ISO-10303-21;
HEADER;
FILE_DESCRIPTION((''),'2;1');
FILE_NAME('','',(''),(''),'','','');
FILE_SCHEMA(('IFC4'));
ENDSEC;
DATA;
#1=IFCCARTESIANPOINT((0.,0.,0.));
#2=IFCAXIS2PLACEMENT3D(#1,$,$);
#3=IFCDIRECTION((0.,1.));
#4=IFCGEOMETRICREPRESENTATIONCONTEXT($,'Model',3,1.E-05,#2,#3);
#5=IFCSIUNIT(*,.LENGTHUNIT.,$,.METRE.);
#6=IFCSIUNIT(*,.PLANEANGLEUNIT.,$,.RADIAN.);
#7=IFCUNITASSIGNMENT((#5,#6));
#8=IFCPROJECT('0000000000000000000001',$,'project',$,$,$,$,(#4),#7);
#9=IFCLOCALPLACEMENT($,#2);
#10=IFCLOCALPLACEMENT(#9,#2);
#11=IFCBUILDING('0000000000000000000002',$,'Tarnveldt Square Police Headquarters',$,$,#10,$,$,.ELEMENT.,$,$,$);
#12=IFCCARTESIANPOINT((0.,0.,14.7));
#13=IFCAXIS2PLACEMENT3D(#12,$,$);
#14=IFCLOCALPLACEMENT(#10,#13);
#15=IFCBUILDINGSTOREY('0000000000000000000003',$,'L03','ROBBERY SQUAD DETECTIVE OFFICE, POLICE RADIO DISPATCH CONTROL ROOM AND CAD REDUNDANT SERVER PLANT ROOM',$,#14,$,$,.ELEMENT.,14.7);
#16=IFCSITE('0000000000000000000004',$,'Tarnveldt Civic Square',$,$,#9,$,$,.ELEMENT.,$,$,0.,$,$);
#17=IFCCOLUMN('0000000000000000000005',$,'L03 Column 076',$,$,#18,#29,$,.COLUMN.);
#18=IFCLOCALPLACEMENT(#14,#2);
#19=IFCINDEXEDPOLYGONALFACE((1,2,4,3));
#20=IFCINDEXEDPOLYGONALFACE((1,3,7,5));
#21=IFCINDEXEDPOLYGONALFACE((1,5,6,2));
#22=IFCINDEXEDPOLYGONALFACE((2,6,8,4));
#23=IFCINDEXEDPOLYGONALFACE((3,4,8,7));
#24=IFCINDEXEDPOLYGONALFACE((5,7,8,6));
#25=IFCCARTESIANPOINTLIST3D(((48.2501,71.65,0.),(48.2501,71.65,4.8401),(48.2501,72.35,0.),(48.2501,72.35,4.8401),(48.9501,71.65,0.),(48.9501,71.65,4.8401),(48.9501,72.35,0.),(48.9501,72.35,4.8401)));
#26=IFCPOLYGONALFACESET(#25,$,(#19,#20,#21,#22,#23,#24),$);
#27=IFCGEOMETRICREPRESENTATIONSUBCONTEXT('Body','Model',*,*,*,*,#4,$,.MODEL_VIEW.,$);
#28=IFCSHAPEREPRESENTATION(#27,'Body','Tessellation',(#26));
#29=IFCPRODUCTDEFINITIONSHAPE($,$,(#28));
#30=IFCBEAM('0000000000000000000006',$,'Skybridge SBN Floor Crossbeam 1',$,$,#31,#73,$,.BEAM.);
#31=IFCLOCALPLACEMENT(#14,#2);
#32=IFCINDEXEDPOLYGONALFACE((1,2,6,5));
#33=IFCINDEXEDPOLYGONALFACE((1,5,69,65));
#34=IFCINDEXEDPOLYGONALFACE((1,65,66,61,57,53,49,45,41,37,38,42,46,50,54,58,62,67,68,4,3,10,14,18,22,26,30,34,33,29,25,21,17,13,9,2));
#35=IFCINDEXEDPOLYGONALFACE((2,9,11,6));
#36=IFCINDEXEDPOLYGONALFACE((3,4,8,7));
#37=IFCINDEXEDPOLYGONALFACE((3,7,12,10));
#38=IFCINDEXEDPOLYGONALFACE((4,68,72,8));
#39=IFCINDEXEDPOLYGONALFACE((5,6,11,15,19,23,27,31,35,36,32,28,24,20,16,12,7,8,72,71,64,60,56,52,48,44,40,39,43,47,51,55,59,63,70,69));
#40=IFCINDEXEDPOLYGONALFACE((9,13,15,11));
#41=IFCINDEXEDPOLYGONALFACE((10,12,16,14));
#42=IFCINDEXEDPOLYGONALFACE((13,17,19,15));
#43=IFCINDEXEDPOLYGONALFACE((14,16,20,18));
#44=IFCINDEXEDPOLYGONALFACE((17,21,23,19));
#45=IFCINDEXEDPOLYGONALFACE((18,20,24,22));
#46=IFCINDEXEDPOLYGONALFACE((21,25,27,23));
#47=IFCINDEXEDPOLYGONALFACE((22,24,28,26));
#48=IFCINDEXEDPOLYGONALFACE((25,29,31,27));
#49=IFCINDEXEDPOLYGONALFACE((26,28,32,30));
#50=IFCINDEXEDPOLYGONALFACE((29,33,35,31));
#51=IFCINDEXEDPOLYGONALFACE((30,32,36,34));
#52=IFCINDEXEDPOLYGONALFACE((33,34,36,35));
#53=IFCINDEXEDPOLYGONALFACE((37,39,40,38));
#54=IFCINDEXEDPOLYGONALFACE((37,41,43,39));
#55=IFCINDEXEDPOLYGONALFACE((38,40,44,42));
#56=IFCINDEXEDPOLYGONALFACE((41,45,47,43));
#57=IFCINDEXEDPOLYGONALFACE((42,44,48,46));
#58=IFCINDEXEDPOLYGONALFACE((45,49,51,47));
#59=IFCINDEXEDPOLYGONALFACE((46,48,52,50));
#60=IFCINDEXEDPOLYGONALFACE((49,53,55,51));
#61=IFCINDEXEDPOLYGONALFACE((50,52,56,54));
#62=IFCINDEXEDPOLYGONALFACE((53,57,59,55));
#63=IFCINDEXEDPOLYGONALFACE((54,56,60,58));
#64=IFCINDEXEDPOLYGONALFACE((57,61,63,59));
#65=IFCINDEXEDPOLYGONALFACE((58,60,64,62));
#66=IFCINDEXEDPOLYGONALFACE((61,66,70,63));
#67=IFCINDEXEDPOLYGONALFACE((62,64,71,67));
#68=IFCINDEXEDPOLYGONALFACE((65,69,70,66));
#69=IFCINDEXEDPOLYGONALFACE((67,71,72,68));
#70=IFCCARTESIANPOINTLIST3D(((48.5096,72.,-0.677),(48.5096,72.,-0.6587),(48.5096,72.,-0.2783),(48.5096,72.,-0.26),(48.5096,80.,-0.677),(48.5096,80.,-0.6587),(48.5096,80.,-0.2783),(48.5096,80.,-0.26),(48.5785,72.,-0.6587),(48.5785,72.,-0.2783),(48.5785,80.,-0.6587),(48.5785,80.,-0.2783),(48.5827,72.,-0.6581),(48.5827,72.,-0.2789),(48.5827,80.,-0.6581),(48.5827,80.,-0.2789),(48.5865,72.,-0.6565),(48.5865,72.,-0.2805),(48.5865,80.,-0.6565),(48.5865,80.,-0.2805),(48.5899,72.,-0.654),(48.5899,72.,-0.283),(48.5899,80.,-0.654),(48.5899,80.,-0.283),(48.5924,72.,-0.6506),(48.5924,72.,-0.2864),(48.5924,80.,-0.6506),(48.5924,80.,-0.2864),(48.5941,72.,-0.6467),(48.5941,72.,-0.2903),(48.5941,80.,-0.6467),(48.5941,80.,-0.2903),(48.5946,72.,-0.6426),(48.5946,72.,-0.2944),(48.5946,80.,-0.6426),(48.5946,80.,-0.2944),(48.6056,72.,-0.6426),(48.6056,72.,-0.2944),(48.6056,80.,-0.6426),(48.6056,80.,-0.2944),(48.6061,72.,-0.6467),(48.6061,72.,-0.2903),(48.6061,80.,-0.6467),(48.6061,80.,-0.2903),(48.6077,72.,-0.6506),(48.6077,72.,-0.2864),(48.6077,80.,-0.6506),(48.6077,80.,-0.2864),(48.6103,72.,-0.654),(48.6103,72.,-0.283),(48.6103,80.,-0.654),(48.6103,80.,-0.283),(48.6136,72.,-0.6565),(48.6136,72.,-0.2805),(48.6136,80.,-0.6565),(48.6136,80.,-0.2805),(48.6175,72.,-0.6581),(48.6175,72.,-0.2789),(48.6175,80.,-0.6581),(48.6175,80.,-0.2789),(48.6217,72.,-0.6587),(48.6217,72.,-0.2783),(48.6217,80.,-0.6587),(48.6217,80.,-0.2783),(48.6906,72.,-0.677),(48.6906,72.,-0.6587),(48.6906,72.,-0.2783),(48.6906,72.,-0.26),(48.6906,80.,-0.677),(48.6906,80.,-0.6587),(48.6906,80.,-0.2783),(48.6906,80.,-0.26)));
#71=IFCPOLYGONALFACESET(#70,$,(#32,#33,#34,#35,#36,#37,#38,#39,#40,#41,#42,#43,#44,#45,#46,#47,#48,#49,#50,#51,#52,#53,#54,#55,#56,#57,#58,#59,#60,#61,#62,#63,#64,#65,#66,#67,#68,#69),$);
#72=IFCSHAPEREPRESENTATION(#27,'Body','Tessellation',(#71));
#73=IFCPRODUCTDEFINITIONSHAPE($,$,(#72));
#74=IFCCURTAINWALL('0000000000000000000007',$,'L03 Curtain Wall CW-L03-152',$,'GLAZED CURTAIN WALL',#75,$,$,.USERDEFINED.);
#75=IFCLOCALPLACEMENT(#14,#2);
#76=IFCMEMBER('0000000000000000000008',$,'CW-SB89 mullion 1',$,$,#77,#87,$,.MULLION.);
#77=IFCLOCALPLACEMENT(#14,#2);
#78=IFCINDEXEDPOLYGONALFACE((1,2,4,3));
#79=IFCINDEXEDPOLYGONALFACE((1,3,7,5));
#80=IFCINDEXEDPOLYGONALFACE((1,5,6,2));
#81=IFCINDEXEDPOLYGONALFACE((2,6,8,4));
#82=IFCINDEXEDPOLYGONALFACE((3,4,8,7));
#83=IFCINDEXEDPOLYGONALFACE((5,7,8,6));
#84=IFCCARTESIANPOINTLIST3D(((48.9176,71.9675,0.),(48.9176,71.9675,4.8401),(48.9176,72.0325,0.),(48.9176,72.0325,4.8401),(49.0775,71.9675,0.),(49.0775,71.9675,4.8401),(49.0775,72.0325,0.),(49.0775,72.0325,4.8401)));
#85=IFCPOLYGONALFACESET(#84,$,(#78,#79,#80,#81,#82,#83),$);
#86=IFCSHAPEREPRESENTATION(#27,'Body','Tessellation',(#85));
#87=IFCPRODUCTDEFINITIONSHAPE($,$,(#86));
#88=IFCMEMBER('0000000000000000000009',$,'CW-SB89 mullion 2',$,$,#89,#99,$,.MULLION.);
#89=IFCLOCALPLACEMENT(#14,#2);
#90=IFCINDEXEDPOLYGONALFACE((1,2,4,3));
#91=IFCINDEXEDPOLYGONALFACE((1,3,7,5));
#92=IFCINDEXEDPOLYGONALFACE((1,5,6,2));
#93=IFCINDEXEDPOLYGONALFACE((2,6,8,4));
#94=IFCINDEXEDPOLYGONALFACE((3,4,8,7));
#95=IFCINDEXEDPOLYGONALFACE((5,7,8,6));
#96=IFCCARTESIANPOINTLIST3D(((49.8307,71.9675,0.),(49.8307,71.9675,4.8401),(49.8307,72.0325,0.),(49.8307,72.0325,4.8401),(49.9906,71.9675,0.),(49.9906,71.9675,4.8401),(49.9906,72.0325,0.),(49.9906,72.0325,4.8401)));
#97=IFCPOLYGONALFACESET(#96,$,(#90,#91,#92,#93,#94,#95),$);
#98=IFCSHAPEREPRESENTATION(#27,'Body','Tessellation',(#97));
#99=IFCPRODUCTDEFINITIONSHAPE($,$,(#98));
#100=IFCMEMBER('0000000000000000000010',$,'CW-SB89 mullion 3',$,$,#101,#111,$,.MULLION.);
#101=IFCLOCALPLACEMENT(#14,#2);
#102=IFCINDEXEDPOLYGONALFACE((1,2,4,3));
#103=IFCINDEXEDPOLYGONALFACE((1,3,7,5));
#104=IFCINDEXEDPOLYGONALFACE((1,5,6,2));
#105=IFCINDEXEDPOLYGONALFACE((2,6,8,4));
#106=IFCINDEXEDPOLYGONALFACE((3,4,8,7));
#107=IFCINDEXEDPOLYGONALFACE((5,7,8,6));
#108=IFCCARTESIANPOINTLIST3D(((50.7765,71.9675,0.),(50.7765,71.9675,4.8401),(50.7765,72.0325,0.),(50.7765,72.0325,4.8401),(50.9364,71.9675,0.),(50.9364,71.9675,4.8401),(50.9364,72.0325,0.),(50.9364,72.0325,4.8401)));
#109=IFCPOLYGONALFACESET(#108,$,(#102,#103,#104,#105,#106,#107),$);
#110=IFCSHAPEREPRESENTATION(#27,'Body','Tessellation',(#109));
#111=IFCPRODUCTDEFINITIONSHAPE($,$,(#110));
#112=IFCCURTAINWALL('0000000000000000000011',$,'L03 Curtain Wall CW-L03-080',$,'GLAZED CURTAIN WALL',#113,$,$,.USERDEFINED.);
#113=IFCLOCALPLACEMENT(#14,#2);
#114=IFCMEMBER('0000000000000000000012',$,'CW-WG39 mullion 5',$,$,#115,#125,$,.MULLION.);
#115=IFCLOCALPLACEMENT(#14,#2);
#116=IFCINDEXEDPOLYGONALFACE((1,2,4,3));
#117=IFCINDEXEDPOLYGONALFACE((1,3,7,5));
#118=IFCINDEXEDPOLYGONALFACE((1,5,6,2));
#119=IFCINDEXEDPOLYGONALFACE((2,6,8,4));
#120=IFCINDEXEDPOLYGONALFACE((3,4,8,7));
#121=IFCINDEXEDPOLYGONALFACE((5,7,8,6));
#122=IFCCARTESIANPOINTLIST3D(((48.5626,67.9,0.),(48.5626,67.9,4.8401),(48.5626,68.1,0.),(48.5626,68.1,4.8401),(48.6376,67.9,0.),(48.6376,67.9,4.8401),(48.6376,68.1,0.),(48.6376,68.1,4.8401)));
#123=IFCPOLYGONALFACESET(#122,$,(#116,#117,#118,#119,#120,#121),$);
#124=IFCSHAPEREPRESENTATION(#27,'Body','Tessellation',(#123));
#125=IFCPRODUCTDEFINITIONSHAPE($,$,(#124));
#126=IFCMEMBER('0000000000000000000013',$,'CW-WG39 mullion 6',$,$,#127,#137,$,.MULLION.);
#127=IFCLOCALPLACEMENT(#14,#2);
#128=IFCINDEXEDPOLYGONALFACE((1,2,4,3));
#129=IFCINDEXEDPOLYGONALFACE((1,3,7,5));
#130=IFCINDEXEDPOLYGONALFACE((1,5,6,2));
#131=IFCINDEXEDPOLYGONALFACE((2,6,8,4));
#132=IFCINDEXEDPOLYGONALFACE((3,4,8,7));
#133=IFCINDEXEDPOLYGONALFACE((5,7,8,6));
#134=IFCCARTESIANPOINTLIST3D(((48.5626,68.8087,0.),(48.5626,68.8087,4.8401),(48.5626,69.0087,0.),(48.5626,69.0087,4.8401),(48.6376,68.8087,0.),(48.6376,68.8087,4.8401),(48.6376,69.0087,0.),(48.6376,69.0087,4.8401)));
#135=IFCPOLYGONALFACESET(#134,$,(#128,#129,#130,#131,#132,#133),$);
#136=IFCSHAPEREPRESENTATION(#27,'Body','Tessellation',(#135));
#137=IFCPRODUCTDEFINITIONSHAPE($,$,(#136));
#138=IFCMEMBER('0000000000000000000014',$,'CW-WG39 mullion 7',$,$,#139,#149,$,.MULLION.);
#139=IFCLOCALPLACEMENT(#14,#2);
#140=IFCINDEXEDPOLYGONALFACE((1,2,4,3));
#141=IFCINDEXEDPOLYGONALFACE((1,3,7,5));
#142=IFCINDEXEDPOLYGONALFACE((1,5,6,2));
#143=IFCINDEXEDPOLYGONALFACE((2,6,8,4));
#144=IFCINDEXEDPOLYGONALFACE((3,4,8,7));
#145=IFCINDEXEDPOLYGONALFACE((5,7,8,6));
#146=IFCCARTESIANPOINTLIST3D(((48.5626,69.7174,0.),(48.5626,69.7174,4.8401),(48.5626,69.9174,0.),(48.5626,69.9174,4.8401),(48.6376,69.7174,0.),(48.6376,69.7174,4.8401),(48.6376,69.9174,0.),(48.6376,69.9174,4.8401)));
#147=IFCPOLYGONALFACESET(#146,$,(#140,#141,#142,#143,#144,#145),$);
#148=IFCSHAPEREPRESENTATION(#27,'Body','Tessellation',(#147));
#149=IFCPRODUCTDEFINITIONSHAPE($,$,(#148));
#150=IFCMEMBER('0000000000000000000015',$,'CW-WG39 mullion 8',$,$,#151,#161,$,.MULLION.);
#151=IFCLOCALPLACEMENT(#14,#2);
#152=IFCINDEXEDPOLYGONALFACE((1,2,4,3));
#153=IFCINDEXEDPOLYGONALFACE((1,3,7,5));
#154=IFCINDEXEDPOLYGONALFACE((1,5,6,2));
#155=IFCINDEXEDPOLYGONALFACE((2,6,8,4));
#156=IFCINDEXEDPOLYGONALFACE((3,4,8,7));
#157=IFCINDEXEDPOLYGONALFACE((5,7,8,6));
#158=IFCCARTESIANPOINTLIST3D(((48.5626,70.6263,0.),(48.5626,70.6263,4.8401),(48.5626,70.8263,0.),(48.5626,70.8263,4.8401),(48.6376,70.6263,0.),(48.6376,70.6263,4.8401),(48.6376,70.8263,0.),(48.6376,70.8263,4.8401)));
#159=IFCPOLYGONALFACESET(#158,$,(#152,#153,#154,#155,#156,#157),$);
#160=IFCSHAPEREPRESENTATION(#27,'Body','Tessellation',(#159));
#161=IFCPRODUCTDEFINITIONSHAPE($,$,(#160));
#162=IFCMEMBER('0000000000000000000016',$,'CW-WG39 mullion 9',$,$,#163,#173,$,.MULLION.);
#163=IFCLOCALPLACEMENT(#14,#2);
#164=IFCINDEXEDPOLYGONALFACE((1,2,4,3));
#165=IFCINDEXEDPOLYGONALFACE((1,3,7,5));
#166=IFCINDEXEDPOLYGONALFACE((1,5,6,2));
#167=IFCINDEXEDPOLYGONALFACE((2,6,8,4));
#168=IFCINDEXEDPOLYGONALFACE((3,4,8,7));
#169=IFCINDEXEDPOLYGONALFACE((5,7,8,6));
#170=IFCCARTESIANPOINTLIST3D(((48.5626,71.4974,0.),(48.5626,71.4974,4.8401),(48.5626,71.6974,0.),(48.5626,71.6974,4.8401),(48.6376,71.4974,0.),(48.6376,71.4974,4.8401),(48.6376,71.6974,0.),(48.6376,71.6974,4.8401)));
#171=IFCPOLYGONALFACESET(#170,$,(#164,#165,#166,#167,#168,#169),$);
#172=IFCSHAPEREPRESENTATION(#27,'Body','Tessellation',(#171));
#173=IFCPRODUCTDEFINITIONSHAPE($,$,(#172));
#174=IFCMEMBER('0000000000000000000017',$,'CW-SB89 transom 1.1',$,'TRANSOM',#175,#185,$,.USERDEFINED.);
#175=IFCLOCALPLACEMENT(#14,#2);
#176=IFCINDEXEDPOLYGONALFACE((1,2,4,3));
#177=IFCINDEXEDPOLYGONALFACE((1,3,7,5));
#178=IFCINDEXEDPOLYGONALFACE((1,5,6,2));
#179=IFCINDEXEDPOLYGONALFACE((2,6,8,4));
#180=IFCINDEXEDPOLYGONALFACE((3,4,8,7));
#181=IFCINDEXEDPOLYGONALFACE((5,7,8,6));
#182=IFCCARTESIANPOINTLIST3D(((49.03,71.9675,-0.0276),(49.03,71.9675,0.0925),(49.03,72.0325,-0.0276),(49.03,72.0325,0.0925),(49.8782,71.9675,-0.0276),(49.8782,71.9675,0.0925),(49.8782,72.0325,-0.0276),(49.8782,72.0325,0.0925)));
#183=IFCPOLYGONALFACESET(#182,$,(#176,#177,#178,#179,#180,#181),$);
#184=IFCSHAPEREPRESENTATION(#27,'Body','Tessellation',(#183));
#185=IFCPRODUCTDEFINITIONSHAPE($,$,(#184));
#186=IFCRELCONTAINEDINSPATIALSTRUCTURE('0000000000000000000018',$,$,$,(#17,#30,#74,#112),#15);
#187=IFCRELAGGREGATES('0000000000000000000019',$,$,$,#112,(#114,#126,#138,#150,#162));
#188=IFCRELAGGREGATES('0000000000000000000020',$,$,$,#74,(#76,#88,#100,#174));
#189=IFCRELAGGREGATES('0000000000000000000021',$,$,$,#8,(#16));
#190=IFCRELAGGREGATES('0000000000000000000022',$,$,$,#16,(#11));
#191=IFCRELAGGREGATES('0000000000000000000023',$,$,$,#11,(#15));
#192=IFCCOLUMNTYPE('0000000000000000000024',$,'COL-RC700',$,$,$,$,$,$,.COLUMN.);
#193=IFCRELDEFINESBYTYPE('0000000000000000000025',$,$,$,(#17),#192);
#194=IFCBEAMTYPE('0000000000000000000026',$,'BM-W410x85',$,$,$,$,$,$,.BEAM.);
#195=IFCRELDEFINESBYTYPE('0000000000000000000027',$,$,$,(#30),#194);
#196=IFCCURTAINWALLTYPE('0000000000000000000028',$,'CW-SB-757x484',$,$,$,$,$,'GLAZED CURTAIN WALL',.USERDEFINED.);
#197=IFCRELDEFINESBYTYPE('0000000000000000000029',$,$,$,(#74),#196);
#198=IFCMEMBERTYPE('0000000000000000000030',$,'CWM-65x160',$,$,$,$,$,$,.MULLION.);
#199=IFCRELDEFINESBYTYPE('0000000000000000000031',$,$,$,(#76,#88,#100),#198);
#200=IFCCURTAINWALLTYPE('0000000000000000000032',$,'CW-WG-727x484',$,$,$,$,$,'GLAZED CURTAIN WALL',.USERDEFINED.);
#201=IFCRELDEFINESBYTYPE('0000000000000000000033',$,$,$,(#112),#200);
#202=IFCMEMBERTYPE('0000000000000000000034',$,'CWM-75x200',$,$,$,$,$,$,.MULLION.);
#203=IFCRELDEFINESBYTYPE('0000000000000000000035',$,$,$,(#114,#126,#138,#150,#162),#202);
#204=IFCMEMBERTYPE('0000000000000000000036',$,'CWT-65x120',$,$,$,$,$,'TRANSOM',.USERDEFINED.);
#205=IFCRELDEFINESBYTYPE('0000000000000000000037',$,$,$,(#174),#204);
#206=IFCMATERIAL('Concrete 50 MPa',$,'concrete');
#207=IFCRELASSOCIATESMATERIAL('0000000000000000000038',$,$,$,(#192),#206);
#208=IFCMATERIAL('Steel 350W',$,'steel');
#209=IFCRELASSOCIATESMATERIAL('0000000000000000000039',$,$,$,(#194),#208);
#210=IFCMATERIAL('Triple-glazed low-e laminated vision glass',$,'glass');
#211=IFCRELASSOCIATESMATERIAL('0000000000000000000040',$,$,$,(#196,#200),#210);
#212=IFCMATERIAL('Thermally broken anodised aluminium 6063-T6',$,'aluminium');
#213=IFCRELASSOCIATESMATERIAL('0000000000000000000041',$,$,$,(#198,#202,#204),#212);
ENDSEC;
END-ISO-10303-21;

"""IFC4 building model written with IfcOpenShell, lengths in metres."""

from ifc_helpers import new_model, si_unit, direction, frame, origin, origin_2d, place, context, subcontext, project, spatial, rectangle, i_section, extrude, material, material_profile, profile_set, type_object, element, aggregate, save


model = new_model("IFC4")

# Units and contexts
model_context = context("Model", 3, precision=1e-05, world=origin(), true_north=direction((0.0, 1.0)))
body_context = subcontext(model_context, "Body", "Model", "MODEL_VIEW")
ifc_project = project(units=[si_unit("LENGTHUNIT", "METRE"), si_unit("PLANEANGLEUNIT", "RADIAN")], contexts=[model_context])

# Site, building, storey
site_placement = place(None, origin())
site = spatial("IfcSite", under=ifc_project, at=site_placement, Name="Tarnveldt Civic Square", CompositionType="ELEMENT", RefElevation=0.0)
building_placement = place(site_placement, origin())
building = spatial("IfcBuilding", under=site, at=building_placement, Name="Tarnveldt Square Police Headquarters", CompositionType="ELEMENT")
storey_placement = place(building_placement, frame((0.0, 0.0, 14.7)))
storey = spatial("IfcBuildingStorey", under=building, at=storey_placement, Name="L03", Description="ROBBERY SQUAD DETECTIVE OFFICE, POLICE RADIO DISPATCH CONTROL ROOM AND CAD REDUNDANT SERVER PLANT ROOM", CompositionType="ELEMENT", Elevation=14.7)

# Column
ifc_material_1 = material(Name="Concrete 50 MPa", Category="concrete")
ifc_material_profile_1 = material_profile(ifc_material_1, rectangle(XDim=0.7, YDim=0.7, at=origin_2d()), Name="RC-C700x700")
ifc_profile_set_1 = profile_set([ifc_material_profile_1], Name="Concrete 50 MPa")
column_type = type_object("IfcColumnType", Name="COL-RC700", PredefinedType="COLUMN", material=ifc_profile_set_1)
column_placement = place(storey_placement, frame((48.6001, 72.0, 0.0), z_axis=(0.0, 0.0, 1.0), x_axis=(1.0, 0.0, 0.0)))
element("IfcColumn", 1, at=column_placement, inside=storey, type_object=column_type, Name="L03 Column 076", PredefinedType="COLUMN", context=body_context, shape_type="SweptSolid", body=[
    extrude(rectangle(XDim=0.7, YDim=0.7, at=origin_2d()), origin(), (0.0, 0.0, 1.0), 4.8401),
])

# Beam
ifc_material_2 = material(Name="Steel 350W", Category="steel")
ifc_material_profile_2 = material_profile(ifc_material_2, i_section(OverallWidth=0.1809, OverallDepth=0.417, WebThickness=0.011, FlangeThickness=0.0183, FilletRadius=0.0161, at=origin_2d()), Name="W410x85")
ifc_profile_set_2 = profile_set([ifc_material_profile_2], Name="Steel 350W")
beam_type = type_object("IfcBeamType", Name="BM-W410x85", PredefinedType="BEAM", material=ifc_profile_set_2)
beam_placement = place(storey_placement, frame((48.6001, 72.0, -0.4685), z_axis=(0.0, 1.0, 0.0), x_axis=(-1.0, 0.0, 0.0)))
element("IfcBeam", 2, at=beam_placement, inside=storey, type_object=beam_type, Name="Skybridge SBN Floor Crossbeam 1", PredefinedType="BEAM", context=body_context, shape_type="SweptSolid", body=[
    extrude(i_section(OverallWidth=0.1809, OverallDepth=0.417, WebThickness=0.011, FlangeThickness=0.0183, FilletRadius=0.0161, at=origin_2d()), origin(), (0.0, 0.0, 1.0), 8.0),
])

# Curtain walls, members
ifc_material_3 = material(Name="Triple-glazed low-e laminated vision glass", Category="glass")
curtain_wall_type_1 = type_object("IfcCurtainWallType", Name="CW-SB-757x484", ElementType="GLAZED CURTAIN WALL", PredefinedType="USERDEFINED", material=ifc_material_3)
curtain_wall_1_placement = place(storey_placement, origin())
curtain_wall_1 = element("IfcCurtainWall", 3, at=curtain_wall_1_placement, inside=storey, type_object=curtain_wall_type_1, Name="L03 Curtain Wall CW-L03-152", ObjectType="GLAZED CURTAIN WALL", PredefinedType="USERDEFINED")
ifc_material_4 = material(Name="Thermally broken anodised aluminium 6063-T6", Category="aluminium")
ifc_material_profile_3 = material_profile(ifc_material_4, rectangle(XDim=0.0649, YDim=0.1599, at=origin_2d()), Name="CW-M65x160")
ifc_profile_set_3 = profile_set([ifc_material_profile_3], Name="Thermally broken anodised aluminium 6063-T6")
member_type_1 = type_object("IfcMemberType", Name="CWM-65x160", PredefinedType="MULLION", material=ifc_profile_set_3)
member_1_placement = place(storey_placement, frame((48.9976, 72.0, 0.0), z_axis=(0.0, 0.0, 1.0), x_axis=(0.0, 1.0, 0.0)))
member_1 = element("IfcMember", 4, at=member_1_placement, type_object=member_type_1, Name="CW-SB89 mullion 1", PredefinedType="MULLION", context=body_context, shape_type="SweptSolid", body=[
    extrude(rectangle(XDim=0.0649, YDim=0.1599, at=origin_2d()), origin(), (0.0, 0.0, 1.0), 4.8401),
])
member_2_placement = place(storey_placement, frame((49.9106, 72.0, 0.0), z_axis=(0.0, 0.0, 1.0), x_axis=(0.0, 1.0, 0.0)))
member_2 = element("IfcMember", 5, at=member_2_placement, type_object=member_type_1, Name="CW-SB89 mullion 2", PredefinedType="MULLION", context=body_context, shape_type="SweptSolid", body=[
    extrude(rectangle(XDim=0.0649, YDim=0.1599, at=origin_2d()), origin(), (0.0, 0.0, 1.0), 4.8401),
])
member_3_placement = place(storey_placement, frame((50.8564, 72.0, 0.0), z_axis=(0.0, 0.0, 1.0), x_axis=(0.0, 1.0, 0.0)))
member_3 = element("IfcMember", 6, at=member_3_placement, type_object=member_type_1, Name="CW-SB89 mullion 3", PredefinedType="MULLION", context=body_context, shape_type="SweptSolid", body=[
    extrude(rectangle(XDim=0.0649, YDim=0.1599, at=origin_2d()), origin(), (0.0, 0.0, 1.0), 4.8401),
])
curtain_wall_type_2 = type_object("IfcCurtainWallType", Name="CW-WG-727x484", ElementType="GLAZED CURTAIN WALL", PredefinedType="USERDEFINED", material=ifc_material_3)
curtain_wall_2_placement = place(storey_placement, origin())
curtain_wall_2 = element("IfcCurtainWall", 7, at=curtain_wall_2_placement, inside=storey, type_object=curtain_wall_type_2, Name="L03 Curtain Wall CW-L03-080", ObjectType="GLAZED CURTAIN WALL", PredefinedType="USERDEFINED")
ifc_material_profile_4 = material_profile(ifc_material_4, rectangle(XDim=0.075, YDim=0.2, at=origin_2d()), Name="CW-M75x200")
ifc_profile_set_4 = profile_set([ifc_material_profile_4], Name="Thermally broken anodised aluminium 6063-T6")
member_type_2 = type_object("IfcMemberType", Name="CWM-75x200", PredefinedType="MULLION", material=ifc_profile_set_4)
member_4_placement = place(storey_placement, frame((48.6001, 68.0, 0.0), z_axis=(0.0, 0.0, 1.0), x_axis=(-1.0, 0.0, 0.0)))
member_4 = element("IfcMember", 8, at=member_4_placement, type_object=member_type_2, Name="CW-WG39 mullion 5", PredefinedType="MULLION", context=body_context, shape_type="SweptSolid", body=[
    extrude(rectangle(XDim=0.075, YDim=0.2, at=origin_2d()), origin(), (0.0, 0.0, 1.0), 4.8401),
])
member_5_placement = place(storey_placement, frame((48.6001, 68.9087, 0.0), z_axis=(0.0, 0.0, 1.0), x_axis=(-1.0, 0.0, 0.0)))
member_5 = element("IfcMember", 9, at=member_5_placement, type_object=member_type_2, Name="CW-WG39 mullion 6", PredefinedType="MULLION", context=body_context, shape_type="SweptSolid", body=[
    extrude(rectangle(XDim=0.075, YDim=0.2, at=origin_2d()), origin(), (0.0, 0.0, 1.0), 4.8401),
])
member_6_placement = place(storey_placement, frame((48.6001, 69.8174, 0.0), z_axis=(0.0, 0.0, 1.0), x_axis=(-1.0, 0.0, 0.0)))
member_6 = element("IfcMember", 10, at=member_6_placement, type_object=member_type_2, Name="CW-WG39 mullion 7", PredefinedType="MULLION", context=body_context, shape_type="SweptSolid", body=[
    extrude(rectangle(XDim=0.075, YDim=0.2, at=origin_2d()), origin(), (0.0, 0.0, 1.0), 4.8401),
])
member_7_placement = place(storey_placement, frame((48.6001, 70.7263, 0.0), z_axis=(0.0, 0.0, 1.0), x_axis=(-1.0, 0.0, 0.0)))
member_7 = element("IfcMember", 11, at=member_7_placement, type_object=member_type_2, Name="CW-WG39 mullion 8", PredefinedType="MULLION", context=body_context, shape_type="SweptSolid", body=[
    extrude(rectangle(XDim=0.075, YDim=0.2, at=origin_2d()), origin(), (0.0, 0.0, 1.0), 4.8401),
])
member_8_placement = place(storey_placement, frame((48.6001, 71.5974, 0.0), z_axis=(0.0, 0.0, 1.0), x_axis=(-1.0, 0.0, 0.0)))
member_8 = element("IfcMember", 12, at=member_8_placement, type_object=member_type_2, Name="CW-WG39 mullion 9", PredefinedType="MULLION", context=body_context, shape_type="SweptSolid", body=[
    extrude(rectangle(XDim=0.075, YDim=0.2, at=origin_2d()), origin(), (0.0, 0.0, 1.0), 4.8401),
])

# Member
ifc_material_profile_5 = material_profile(ifc_material_4, rectangle(XDim=0.0649, YDim=0.1201, at=origin_2d()), Name="CW-T65x120")
ifc_profile_set_5 = profile_set([ifc_material_profile_5], Name="Thermally broken anodised aluminium 6063-T6")
member_type_3 = type_object("IfcMemberType", Name="CWT-65x120", ElementType="TRANSOM", PredefinedType="USERDEFINED", material=ifc_profile_set_5)
member_9_placement = place(storey_placement, frame((49.03, 72.0, 0.0325), z_axis=(1.0, 0.0, 0.0), x_axis=(0.0, 1.0, 0.0)))
member_9 = element("IfcMember", 13, at=member_9_placement, type_object=member_type_3, Name="CW-SB89 transom 1.1", ObjectType="TRANSOM", PredefinedType="USERDEFINED", context=body_context, shape_type="SweptSolid", body=[
    extrude(rectangle(XDim=0.0649, YDim=0.1201, at=origin_2d()), origin(), (0.0, 0.0, 1.0), 0.8481),
])

aggregate(curtain_wall_2, [member_4, member_5, member_6, member_7, member_8])
aggregate(curtain_wall_1, [member_1, member_2, member_3, member_9])

save(model, "model.ifc")
